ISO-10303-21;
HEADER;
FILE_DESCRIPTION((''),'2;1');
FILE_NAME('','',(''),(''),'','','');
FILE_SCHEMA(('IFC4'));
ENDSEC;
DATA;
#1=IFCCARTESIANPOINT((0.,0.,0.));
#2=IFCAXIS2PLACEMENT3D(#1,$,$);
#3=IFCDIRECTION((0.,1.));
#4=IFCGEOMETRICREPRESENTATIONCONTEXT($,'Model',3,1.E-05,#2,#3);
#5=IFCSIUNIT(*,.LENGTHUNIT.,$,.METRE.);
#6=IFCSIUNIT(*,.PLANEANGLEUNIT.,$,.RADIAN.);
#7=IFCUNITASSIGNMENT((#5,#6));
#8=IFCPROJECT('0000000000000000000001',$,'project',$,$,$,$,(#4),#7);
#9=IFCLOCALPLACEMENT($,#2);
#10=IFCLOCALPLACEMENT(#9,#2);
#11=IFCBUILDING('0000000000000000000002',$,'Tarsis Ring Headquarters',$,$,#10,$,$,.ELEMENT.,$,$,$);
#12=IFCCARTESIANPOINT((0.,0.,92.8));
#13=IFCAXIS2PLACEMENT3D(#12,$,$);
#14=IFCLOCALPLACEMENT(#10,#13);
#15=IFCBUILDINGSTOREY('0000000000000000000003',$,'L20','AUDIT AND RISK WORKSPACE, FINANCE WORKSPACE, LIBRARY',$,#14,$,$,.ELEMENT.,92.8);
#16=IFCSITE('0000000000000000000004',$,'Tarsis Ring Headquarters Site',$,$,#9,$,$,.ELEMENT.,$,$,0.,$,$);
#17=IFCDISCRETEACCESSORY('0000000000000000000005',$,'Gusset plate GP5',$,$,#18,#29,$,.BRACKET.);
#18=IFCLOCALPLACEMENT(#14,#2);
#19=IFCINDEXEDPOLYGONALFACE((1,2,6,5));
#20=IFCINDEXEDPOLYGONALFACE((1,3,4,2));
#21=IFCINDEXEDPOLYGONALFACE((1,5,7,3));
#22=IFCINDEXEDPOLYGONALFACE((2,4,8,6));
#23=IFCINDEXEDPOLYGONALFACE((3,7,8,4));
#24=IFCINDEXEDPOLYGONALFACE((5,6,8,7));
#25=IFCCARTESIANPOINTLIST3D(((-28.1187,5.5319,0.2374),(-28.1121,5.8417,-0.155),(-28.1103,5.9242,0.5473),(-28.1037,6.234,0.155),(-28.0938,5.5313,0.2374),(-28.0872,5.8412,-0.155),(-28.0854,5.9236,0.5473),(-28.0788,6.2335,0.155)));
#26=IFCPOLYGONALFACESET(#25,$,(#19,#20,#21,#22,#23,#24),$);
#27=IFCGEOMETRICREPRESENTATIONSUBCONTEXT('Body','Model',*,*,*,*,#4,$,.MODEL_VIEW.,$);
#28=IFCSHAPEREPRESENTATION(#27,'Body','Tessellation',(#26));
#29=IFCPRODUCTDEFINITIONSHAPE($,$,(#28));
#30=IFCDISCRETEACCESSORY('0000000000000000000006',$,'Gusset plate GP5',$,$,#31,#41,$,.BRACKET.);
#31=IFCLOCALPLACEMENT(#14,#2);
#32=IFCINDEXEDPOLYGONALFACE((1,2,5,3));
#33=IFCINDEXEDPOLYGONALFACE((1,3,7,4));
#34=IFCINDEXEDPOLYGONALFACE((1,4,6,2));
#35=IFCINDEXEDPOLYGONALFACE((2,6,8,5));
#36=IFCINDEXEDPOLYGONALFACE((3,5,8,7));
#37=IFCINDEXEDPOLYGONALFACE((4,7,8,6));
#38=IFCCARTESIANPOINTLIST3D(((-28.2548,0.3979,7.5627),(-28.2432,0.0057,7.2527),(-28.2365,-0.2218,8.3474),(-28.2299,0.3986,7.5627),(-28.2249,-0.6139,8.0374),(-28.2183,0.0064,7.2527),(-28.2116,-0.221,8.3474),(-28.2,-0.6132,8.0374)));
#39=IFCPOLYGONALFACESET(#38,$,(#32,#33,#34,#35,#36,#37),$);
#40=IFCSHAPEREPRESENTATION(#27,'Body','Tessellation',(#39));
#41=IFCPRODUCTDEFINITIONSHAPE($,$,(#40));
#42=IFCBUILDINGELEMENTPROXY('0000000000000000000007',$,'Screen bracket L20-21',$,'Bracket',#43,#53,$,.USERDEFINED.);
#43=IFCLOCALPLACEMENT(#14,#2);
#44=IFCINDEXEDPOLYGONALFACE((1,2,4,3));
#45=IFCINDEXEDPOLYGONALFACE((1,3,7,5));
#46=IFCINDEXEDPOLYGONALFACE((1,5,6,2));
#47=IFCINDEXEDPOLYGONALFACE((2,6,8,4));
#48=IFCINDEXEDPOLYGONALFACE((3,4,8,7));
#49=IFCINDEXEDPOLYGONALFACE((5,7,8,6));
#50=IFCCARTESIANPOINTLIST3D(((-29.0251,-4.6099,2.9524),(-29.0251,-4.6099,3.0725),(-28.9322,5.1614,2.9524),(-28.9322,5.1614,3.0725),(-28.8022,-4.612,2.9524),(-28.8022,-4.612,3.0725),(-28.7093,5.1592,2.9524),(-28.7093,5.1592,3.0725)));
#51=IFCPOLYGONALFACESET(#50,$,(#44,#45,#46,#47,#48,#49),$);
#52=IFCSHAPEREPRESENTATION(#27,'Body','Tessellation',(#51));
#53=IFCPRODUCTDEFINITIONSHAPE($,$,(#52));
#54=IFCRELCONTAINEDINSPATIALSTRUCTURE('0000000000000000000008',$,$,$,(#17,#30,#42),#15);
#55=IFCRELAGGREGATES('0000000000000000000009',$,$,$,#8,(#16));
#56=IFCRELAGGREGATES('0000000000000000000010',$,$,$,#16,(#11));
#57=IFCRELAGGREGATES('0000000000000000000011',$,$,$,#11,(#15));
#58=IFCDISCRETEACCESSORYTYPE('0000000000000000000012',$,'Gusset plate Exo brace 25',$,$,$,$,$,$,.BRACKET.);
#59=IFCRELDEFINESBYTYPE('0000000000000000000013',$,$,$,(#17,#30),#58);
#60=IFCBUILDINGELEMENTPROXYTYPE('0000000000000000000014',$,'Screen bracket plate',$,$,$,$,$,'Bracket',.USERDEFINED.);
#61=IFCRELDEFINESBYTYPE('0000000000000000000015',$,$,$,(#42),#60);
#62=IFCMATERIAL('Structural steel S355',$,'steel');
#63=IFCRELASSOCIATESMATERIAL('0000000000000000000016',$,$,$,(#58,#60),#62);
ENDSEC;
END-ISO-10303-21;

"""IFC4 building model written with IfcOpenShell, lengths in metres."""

from ifc_helpers import new_model, si_unit, direction, frame, origin, origin_2d, place, context, subcontext, project, spatial, rectangle, extrude, material, material_profile, profile_set, type_object, element, save


model = new_model("IFC4")

# Units and contexts
model_context = context("Model", 3, precision=1e-05, world=origin(), true_north=direction((0.0, 1.0)))
body_context = subcontext(model_context, "Body", "Model", "MODEL_VIEW")
ifc_project = project(units=[si_unit("LENGTHUNIT", "METRE"), si_unit("PLANEANGLEUNIT", "RADIAN")], contexts=[model_context])

# Site, building, storey
site_placement = place(None, origin())
site = spatial("IfcSite", under=ifc_project, at=site_placement, Name="Tarsis Ring Headquarters Site", CompositionType="ELEMENT", RefElevation=0.0)
building_placement = place(site_placement, origin())
building = spatial("IfcBuilding", under=site, at=building_placement, Name="Tarsis Ring Headquarters", CompositionType="ELEMENT")
storey_placement = place(building_placement, frame((0.0, 0.0, 92.8)))
storey = spatial("IfcBuildingStorey", under=building, at=storey_placement, Name="L20", Description="AUDIT AND RISK WORKSPACE, FINANCE WORKSPACE, LIBRARY", CompositionType="ELEMENT", Elevation=92.8)

# Shared definitions
ifc_material_1 = material(Name="Structural steel S355", Category="steel")

# Discrete accessories
ifc_material_profile_1 = material_profile(ifc_material_1, rectangle(XDim=0.0249, YDim=0.5, at=origin_2d()), Name="PL 25x500")
ifc_profile_set_1 = profile_set([ifc_material_profile_1], Name="Structural steel S355")
discrete_accessory_type = type_object("IfcDiscreteAccessoryType", Name="Gusset plate Exo brace 25", PredefinedType="BRACKET", material=ifc_profile_set_1)
discrete_accessory_1_placement = place(storey_placement, frame((-28.0955, 6.0376, 0.0), z_axis=(-0.013185, -0.619685, 0.78474), x_axis=(0.999774, -0.021272, 0.0)))
element("IfcDiscreteAccessory", 1, at=discrete_accessory_1_placement, inside=storey, type_object=discrete_accessory_type, Name="Gusset plate GP5", PredefinedType="BRACKET", context=body_context, shape_type="SweptSolid", body=[
    extrude(rectangle(XDim=0.0249, YDim=0.5, at=origin_2d()), origin(), (0.0, 0.0, 1.0), 0.5),
])
discrete_accessory_2_placement = place(storey_placement, frame((-28.2366, 0.2021, 7.4077), z_axis=(0.018311, -0.619635, 0.784676), x_axis=(0.999564, 0.029538, 0.0)))
element("IfcDiscreteAccessory", 2, at=discrete_accessory_2_placement, inside=storey, type_object=discrete_accessory_type, Name="Gusset plate GP5", PredefinedType="BRACKET", context=body_context, shape_type="SweptSolid", body=[
    extrude(rectangle(XDim=0.0249, YDim=0.5, at=origin_2d()), origin(), (0.0, 0.0, 1.0), 1.0),
])

# Building element proxy
building_element_proxy_type = type_object("IfcBuildingElementProxyType", Name="Screen bracket plate", ElementType="Bracket", PredefinedType="USERDEFINED", material=ifc_material_1)
proxy_placement = place(storey_placement, frame((-28.8672, 0.2747, 2.9524), z_axis=(0.0, 0.0, 1.0), x_axis=(-0.009512, -0.999955, 0.0)))
element("IfcBuildingElementProxy", 3, at=proxy_placement, inside=storey, type_object=building_element_proxy_type, Name="Screen bracket L20-21", ObjectType="Bracket", PredefinedType="USERDEFINED", context=body_context, shape_type="SweptSolid", body=[
    extrude(rectangle(XDim=9.7717, YDim=0.2229, at=origin_2d()), origin(), (0.0, 0.0, 1.0), 0.1201),
])

save(model, "model.ifc")
